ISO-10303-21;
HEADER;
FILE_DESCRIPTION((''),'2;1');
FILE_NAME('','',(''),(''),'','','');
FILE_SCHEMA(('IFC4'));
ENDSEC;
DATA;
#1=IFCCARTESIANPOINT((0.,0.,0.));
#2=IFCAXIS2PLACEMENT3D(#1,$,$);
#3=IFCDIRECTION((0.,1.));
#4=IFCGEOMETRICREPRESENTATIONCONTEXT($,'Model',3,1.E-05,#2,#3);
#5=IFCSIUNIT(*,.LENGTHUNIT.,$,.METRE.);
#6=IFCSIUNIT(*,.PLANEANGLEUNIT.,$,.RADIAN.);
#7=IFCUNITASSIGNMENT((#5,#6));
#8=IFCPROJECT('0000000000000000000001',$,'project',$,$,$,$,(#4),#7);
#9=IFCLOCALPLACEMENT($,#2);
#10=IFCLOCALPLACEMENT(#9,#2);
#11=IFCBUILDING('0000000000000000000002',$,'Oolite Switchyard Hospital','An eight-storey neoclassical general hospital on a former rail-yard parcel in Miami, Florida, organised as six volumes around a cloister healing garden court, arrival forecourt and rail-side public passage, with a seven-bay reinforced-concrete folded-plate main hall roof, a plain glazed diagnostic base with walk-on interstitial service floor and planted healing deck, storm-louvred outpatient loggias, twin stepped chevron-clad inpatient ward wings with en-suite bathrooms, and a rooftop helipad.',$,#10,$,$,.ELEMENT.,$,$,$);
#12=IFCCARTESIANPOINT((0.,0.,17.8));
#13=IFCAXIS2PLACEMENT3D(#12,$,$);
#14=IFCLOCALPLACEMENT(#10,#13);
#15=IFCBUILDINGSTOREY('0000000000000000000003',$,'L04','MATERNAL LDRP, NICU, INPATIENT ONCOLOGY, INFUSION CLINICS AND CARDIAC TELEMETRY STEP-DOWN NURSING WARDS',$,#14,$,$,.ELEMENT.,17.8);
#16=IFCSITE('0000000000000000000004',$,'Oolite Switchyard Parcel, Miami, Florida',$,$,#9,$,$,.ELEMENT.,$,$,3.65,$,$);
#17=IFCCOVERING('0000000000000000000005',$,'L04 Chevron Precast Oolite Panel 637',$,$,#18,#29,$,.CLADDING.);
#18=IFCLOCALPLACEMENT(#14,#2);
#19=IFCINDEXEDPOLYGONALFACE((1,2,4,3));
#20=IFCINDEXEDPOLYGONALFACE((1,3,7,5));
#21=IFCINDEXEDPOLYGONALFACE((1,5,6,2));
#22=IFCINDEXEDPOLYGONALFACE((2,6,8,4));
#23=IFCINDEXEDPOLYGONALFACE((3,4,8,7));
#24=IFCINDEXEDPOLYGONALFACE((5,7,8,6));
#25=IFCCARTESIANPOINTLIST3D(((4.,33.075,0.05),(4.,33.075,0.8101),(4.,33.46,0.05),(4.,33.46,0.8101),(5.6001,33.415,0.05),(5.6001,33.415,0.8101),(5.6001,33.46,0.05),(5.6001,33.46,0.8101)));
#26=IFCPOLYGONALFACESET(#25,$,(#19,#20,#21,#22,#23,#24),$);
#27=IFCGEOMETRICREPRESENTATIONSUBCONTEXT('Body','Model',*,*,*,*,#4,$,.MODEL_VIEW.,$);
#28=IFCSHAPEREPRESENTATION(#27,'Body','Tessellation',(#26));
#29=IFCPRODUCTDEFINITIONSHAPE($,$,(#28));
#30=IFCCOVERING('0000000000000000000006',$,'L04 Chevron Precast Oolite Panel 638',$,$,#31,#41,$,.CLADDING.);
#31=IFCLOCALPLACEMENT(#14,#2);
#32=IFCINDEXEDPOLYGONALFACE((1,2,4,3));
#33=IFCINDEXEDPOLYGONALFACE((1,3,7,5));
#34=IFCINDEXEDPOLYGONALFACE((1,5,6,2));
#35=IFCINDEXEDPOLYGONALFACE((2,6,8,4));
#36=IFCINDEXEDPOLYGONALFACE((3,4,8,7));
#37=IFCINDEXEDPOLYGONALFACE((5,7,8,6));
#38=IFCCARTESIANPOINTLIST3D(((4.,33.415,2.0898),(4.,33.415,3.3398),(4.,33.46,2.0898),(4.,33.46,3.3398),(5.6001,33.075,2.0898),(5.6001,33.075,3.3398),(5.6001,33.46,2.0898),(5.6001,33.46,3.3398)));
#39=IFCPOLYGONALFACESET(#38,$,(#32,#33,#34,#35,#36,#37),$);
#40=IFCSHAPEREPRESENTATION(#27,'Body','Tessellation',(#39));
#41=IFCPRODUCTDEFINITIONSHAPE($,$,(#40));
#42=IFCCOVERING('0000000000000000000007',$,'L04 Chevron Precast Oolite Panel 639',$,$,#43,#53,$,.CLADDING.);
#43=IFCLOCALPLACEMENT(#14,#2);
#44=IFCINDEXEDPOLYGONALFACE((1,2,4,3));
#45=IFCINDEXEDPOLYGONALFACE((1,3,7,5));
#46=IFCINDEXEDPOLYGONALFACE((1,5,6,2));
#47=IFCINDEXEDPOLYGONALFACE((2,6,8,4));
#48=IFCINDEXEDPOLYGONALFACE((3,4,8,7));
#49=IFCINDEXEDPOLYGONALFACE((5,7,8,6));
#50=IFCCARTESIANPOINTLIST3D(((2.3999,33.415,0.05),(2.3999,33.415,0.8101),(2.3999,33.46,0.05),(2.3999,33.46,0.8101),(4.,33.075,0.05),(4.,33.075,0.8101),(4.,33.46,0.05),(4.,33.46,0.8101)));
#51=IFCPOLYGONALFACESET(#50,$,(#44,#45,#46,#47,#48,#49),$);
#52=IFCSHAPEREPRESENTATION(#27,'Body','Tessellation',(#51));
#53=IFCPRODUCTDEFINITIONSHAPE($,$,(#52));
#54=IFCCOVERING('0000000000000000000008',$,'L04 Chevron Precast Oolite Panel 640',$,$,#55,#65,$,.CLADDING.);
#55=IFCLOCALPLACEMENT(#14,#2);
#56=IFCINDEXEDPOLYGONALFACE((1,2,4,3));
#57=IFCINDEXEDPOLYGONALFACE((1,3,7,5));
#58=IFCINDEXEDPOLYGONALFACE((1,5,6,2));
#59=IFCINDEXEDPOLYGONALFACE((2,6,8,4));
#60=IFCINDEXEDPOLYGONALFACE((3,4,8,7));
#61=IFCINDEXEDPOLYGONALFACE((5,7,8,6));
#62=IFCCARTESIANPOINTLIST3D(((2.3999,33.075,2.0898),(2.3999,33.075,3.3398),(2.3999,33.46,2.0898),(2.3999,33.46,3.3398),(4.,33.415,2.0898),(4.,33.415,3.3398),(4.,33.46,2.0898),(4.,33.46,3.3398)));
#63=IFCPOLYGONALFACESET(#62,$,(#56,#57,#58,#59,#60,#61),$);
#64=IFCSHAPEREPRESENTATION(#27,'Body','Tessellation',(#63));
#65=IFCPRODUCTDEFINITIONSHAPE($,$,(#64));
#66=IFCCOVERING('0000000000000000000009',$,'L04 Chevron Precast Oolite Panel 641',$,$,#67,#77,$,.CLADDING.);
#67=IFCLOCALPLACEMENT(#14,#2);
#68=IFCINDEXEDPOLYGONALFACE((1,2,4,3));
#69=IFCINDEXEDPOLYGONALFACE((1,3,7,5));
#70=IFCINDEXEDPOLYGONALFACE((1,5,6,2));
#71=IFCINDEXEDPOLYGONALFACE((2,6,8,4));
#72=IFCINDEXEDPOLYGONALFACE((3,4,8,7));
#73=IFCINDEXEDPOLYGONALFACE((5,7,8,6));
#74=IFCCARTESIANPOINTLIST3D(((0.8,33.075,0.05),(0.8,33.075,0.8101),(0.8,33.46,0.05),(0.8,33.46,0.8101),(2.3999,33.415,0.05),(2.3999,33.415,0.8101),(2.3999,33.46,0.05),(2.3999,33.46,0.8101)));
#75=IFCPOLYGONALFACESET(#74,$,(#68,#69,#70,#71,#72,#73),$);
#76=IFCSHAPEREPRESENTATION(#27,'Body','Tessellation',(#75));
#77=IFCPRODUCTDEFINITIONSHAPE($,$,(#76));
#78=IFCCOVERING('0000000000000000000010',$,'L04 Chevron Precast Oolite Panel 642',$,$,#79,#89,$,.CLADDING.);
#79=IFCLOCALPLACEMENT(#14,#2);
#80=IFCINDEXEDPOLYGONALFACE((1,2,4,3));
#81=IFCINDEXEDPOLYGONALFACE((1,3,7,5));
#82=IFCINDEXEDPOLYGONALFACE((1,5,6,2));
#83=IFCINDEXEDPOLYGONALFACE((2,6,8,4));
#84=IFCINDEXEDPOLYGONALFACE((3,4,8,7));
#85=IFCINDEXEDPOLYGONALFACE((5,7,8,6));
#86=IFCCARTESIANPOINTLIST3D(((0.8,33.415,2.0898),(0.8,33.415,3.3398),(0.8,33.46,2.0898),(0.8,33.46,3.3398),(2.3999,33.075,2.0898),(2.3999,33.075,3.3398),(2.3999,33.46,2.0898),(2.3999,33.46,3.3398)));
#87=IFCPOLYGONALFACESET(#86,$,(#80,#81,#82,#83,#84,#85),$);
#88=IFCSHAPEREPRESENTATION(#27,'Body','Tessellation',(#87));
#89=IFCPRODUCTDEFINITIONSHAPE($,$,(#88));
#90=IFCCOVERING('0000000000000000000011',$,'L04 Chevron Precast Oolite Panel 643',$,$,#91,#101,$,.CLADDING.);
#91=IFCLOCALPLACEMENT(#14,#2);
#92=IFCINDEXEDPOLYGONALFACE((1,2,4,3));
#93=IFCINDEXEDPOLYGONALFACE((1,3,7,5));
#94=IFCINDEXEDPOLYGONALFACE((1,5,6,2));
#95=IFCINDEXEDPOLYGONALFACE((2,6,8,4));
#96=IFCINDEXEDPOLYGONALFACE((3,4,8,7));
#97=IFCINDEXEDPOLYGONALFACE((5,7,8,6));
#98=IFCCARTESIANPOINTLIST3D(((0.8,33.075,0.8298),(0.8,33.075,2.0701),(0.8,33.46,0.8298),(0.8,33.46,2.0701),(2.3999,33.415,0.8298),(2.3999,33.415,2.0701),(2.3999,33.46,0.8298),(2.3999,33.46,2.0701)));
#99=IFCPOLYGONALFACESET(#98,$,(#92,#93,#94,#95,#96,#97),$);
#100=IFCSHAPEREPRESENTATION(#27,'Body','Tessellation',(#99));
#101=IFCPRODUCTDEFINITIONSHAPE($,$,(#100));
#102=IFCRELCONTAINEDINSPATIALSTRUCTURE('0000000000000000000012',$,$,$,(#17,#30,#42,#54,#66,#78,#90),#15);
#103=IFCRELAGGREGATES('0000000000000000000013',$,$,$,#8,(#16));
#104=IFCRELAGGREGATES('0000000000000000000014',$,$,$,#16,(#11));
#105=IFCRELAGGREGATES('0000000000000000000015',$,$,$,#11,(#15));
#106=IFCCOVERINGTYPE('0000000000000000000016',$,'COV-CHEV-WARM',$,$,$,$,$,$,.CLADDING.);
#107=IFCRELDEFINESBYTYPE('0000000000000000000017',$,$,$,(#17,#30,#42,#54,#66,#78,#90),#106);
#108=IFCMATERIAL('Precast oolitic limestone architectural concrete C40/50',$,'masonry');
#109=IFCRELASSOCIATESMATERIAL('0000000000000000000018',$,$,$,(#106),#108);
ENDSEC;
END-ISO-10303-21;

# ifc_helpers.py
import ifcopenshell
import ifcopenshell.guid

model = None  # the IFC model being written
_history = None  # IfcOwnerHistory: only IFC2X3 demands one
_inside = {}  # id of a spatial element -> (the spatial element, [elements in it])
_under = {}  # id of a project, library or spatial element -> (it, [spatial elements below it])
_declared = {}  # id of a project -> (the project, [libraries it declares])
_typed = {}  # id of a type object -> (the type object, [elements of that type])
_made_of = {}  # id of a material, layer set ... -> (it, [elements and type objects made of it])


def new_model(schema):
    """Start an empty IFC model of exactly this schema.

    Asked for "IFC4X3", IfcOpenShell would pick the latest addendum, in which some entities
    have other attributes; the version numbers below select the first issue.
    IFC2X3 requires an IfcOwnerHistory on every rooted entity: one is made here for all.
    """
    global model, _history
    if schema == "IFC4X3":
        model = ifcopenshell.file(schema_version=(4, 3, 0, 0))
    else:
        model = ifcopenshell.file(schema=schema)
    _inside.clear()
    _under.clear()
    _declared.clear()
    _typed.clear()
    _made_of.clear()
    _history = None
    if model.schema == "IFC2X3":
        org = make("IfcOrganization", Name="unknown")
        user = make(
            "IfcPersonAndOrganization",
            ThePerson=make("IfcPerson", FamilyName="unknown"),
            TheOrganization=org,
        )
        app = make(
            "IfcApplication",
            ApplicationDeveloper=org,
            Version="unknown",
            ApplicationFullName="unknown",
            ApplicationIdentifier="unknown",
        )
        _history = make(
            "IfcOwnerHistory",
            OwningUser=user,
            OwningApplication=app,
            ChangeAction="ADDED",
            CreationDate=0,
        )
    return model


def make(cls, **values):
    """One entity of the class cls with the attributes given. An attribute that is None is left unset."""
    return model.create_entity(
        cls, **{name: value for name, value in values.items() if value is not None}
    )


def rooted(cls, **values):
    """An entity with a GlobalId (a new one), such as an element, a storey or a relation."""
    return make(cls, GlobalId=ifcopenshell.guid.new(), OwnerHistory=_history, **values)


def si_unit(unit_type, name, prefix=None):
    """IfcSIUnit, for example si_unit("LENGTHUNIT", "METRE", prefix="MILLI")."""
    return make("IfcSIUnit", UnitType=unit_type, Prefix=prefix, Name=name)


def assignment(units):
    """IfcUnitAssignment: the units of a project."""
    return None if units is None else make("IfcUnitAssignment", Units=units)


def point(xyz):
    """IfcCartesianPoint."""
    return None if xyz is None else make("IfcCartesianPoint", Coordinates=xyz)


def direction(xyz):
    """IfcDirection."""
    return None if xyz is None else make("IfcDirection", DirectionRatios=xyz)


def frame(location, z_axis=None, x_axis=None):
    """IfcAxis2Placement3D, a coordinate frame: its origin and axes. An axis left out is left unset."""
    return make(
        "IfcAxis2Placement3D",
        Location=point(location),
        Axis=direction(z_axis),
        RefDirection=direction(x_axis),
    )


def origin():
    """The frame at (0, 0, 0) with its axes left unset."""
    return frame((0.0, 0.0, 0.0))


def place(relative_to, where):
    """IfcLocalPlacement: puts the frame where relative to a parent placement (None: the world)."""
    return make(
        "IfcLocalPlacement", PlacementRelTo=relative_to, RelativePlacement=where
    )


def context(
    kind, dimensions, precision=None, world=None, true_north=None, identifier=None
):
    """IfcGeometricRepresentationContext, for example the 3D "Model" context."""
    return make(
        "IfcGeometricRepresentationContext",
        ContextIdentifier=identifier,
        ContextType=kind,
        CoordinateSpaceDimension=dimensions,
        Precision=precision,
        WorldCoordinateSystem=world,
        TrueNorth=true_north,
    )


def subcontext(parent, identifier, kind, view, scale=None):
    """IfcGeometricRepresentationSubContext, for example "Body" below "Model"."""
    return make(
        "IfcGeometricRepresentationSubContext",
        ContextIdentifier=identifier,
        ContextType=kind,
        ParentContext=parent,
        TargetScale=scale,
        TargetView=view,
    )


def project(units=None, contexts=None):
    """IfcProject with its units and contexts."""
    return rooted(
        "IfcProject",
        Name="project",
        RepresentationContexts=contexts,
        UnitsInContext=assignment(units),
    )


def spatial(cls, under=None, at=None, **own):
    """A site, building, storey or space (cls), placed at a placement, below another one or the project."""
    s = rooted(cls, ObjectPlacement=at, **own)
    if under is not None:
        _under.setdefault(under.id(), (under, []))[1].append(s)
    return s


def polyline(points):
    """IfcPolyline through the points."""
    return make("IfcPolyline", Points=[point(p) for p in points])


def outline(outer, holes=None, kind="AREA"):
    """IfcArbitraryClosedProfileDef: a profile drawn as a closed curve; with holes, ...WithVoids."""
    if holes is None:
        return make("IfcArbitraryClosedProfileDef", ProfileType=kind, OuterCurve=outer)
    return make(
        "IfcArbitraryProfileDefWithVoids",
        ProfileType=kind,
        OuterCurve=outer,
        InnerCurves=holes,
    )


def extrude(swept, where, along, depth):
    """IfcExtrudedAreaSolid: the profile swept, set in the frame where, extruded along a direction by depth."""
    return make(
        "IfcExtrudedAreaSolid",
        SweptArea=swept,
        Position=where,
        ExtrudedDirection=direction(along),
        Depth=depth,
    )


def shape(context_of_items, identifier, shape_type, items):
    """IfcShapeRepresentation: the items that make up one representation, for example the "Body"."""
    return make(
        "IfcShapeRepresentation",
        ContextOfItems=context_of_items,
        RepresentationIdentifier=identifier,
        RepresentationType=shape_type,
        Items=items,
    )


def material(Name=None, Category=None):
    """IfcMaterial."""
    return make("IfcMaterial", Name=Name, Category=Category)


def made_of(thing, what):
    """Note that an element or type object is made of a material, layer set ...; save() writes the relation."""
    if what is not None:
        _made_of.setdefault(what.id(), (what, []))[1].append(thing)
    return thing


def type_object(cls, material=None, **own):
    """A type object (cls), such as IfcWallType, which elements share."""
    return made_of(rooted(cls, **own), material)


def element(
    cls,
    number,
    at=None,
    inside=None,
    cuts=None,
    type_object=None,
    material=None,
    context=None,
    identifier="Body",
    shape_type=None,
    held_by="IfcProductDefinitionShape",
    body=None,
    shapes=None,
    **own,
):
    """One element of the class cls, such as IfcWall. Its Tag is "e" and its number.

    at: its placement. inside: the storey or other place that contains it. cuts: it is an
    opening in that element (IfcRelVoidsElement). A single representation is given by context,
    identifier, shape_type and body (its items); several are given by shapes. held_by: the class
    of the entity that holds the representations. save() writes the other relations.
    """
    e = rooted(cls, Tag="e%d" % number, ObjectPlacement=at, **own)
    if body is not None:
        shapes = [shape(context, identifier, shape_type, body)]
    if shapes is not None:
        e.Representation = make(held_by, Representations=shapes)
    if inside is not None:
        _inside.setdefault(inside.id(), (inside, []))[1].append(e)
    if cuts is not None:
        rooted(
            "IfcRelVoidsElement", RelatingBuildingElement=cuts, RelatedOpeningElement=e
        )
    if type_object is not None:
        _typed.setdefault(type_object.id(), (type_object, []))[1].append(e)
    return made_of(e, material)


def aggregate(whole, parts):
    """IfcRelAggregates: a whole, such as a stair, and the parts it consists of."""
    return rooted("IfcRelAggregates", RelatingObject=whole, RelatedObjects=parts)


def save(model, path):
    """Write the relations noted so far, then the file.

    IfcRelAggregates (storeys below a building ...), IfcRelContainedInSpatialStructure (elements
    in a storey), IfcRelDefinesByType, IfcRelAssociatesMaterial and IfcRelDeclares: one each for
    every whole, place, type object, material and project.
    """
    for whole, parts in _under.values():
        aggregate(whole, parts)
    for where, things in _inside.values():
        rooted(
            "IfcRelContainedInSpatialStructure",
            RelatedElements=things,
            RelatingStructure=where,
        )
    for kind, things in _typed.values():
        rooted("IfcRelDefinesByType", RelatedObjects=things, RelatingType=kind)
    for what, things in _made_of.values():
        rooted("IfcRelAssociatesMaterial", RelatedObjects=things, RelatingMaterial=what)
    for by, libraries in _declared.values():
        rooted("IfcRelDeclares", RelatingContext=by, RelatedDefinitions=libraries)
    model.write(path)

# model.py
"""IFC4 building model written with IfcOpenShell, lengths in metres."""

from ifc_helpers import new_model, si_unit, direction, frame, origin, place, context, subcontext, project, spatial, polyline, outline, extrude, material, type_object, element, save


model = new_model("IFC4")

# Units and contexts
model_context = context("Model", 3, precision=1e-05, world=origin(), true_north=direction((0.0, 1.0)))
body_context = subcontext(model_context, "Body", "Model", "MODEL_VIEW")
ifc_project = project(units=[si_unit("LENGTHUNIT", "METRE"), si_unit("PLANEANGLEUNIT", "RADIAN")], contexts=[model_context])

# Site, building, storey
site_placement = place(None, origin())
site = spatial("IfcSite", under=ifc_project, at=site_placement, Name="Oolite Switchyard Parcel, Miami, Florida", CompositionType="ELEMENT", RefElevation=3.65)
building_placement = place(site_placement, origin())
building = spatial("IfcBuilding", under=site, at=building_placement, Name="Oolite Switchyard Hospital", Description="An eight-storey neoclassical general hospital on a former rail-yard parcel in Miami, Florida, organised as six volumes around a cloister healing garden court, arrival forecourt and rail-side public passage, with a seven-bay reinforced-concrete folded-plate main hall roof, a plain glazed diagnostic base with walk-on interstitial service floor and planted healing deck, storm-louvred outpatient loggias, twin stepped chevron-clad inpatient ward wings with en-suite bathrooms, and a rooftop helipad.", CompositionType="ELEMENT")
storey_placement = place(building_placement, frame((0.0, 0.0, 17.8)))
storey = spatial("IfcBuildingStorey", under=building, at=storey_placement, Name="L04", Description="MATERNAL LDRP, NICU, INPATIENT ONCOLOGY, INFUSION CLINICS AND CARDIAC TELEMETRY STEP-DOWN NURSING WARDS", CompositionType="ELEMENT", Elevation=17.8)

# Shared definitions
ifc_material_1 = material(Name="Precast oolitic limestone architectural concrete C40/50", Category="masonry")

# Coverings
covering_type = type_object("IfcCoveringType", Name="COV-CHEV-WARM", PredefinedType="CLADDING", material=ifc_material_1)
covering_1_placement = place(storey_placement, frame((5.6001, 33.46, 0.05), z_axis=(0.0, 0.0, 1.0), x_axis=(-1.0, 0.0, 0.0)))
element("IfcCovering", 1, at=covering_1_placement, inside=storey, type_object=covering_type, Name="L04 Chevron Precast Oolite Panel 637", PredefinedType="CLADDING", context=body_context, shape_type="SweptSolid", body=[
    extrude(outline(polyline([(0.0, 0.0), (1.6001, 0.0), (1.6001, 0.385), (0.0, 0.0449), (0.0, 0.0)])), origin(), (0.0, 0.0, 1.0), 0.76),
])
covering_2_placement = place(storey_placement, frame((5.6001, 33.46, 2.0898), z_axis=(0.0, 0.0, 1.0), x_axis=(-1.0, 0.0, 0.0)))
element("IfcCovering", 2, at=covering_2_placement, inside=storey, type_object=covering_type, Name="L04 Chevron Precast Oolite Panel 638", PredefinedType="CLADDING", context=body_context, shape_type="SweptSolid", body=[
    extrude(outline(polyline([(0.0, 0.0), (1.6001, 0.0), (1.6001, 0.0449), (0.0, 0.385), (0.0, 0.0)])), origin(), (0.0, 0.0, 1.0), 1.25),
])
covering_3_placement = place(storey_placement, frame((4.0, 33.46, 0.05), z_axis=(0.0, 0.0, 1.0), x_axis=(-1.0, 0.0, 0.0)))
element("IfcCovering", 3, at=covering_3_placement, inside=storey, type_object=covering_type, Name="L04 Chevron Precast Oolite Panel 639", PredefinedType="CLADDING", context=body_context, shape_type="SweptSolid", body=[
    extrude(outline(polyline([(0.0, 0.0), (1.6001, 0.0), (1.6001, 0.0449), (0.0, 0.385), (0.0, 0.0)])), origin(), (0.0, 0.0, 1.0), 0.76),
])
covering_4_placement = place(storey_placement, frame((4.0, 33.46, 2.0898), z_axis=(0.0, 0.0, 1.0), x_axis=(-1.0, 0.0, 0.0)))
element("IfcCovering", 4, at=covering_4_placement, inside=storey, type_object=covering_type, Name="L04 Chevron Precast Oolite Panel 640", PredefinedType="CLADDING", context=body_context, shape_type="SweptSolid", body=[
    extrude(outline(polyline([(0.0, 0.0), (1.6001, 0.0), (1.6001, 0.385), (0.0, 0.0449), (0.0, 0.0)])), origin(), (0.0, 0.0, 1.0), 1.25),
])
covering_5_placement = place(storey_placement, frame((2.3999, 33.46, 0.05), z_axis=(0.0, 0.0, 1.0), x_axis=(-1.0, 0.0, 0.0)))
element("IfcCovering", 5, at=covering_5_placement, inside=storey, type_object=covering_type, Name="L04 Chevron Precast Oolite Panel 641", PredefinedType="CLADDING", context=body_context, shape_type="SweptSolid", body=[
    extrude(outline(polyline([(0.0, 0.0), (1.5999, 0.0), (1.5999, 0.385), (0.0, 0.0449), (0.0, 0.0)])), origin(), (0.0, 0.0, 1.0), 0.76),
])
covering_6_placement = place(storey_placement, frame((2.3999, 33.46, 2.0898), z_axis=(0.0, 0.0, 1.0), x_axis=(-1.0, 0.0, 0.0)))
element("IfcCovering", 6, at=covering_6_placement, inside=storey, type_object=covering_type, Name="L04 Chevron Precast Oolite Panel 642", PredefinedType="CLADDING", context=body_context, shape_type="SweptSolid", body=[
    extrude(outline(polyline([(0.0, 0.0), (1.5999, 0.0), (1.5999, 0.0449), (0.0, 0.385), (0.0, 0.0)])), origin(), (0.0, 0.0, 1.0), 1.25),
])
covering_7_placement = place(storey_placement, frame((2.3999, 33.46, 0.8298), z_axis=(0.0, 0.0, 1.0), x_axis=(-1.0, 0.0, 0.0)))
element("IfcCovering", 7, at=covering_7_placement, inside=storey, type_object=covering_type, Name="L04 Chevron Precast Oolite Panel 643", PredefinedType="CLADDING", context=body_context, shape_type="SweptSolid", body=[
    extrude(outline(polyline([(0.0, 0.0), (1.5999, 0.0), (1.5999, 0.385), (0.0, 0.0449), (0.0, 0.0)])), origin(), (0.0, 0.0, 1.0), 1.2402),
])

save(model, "model.ifc")
